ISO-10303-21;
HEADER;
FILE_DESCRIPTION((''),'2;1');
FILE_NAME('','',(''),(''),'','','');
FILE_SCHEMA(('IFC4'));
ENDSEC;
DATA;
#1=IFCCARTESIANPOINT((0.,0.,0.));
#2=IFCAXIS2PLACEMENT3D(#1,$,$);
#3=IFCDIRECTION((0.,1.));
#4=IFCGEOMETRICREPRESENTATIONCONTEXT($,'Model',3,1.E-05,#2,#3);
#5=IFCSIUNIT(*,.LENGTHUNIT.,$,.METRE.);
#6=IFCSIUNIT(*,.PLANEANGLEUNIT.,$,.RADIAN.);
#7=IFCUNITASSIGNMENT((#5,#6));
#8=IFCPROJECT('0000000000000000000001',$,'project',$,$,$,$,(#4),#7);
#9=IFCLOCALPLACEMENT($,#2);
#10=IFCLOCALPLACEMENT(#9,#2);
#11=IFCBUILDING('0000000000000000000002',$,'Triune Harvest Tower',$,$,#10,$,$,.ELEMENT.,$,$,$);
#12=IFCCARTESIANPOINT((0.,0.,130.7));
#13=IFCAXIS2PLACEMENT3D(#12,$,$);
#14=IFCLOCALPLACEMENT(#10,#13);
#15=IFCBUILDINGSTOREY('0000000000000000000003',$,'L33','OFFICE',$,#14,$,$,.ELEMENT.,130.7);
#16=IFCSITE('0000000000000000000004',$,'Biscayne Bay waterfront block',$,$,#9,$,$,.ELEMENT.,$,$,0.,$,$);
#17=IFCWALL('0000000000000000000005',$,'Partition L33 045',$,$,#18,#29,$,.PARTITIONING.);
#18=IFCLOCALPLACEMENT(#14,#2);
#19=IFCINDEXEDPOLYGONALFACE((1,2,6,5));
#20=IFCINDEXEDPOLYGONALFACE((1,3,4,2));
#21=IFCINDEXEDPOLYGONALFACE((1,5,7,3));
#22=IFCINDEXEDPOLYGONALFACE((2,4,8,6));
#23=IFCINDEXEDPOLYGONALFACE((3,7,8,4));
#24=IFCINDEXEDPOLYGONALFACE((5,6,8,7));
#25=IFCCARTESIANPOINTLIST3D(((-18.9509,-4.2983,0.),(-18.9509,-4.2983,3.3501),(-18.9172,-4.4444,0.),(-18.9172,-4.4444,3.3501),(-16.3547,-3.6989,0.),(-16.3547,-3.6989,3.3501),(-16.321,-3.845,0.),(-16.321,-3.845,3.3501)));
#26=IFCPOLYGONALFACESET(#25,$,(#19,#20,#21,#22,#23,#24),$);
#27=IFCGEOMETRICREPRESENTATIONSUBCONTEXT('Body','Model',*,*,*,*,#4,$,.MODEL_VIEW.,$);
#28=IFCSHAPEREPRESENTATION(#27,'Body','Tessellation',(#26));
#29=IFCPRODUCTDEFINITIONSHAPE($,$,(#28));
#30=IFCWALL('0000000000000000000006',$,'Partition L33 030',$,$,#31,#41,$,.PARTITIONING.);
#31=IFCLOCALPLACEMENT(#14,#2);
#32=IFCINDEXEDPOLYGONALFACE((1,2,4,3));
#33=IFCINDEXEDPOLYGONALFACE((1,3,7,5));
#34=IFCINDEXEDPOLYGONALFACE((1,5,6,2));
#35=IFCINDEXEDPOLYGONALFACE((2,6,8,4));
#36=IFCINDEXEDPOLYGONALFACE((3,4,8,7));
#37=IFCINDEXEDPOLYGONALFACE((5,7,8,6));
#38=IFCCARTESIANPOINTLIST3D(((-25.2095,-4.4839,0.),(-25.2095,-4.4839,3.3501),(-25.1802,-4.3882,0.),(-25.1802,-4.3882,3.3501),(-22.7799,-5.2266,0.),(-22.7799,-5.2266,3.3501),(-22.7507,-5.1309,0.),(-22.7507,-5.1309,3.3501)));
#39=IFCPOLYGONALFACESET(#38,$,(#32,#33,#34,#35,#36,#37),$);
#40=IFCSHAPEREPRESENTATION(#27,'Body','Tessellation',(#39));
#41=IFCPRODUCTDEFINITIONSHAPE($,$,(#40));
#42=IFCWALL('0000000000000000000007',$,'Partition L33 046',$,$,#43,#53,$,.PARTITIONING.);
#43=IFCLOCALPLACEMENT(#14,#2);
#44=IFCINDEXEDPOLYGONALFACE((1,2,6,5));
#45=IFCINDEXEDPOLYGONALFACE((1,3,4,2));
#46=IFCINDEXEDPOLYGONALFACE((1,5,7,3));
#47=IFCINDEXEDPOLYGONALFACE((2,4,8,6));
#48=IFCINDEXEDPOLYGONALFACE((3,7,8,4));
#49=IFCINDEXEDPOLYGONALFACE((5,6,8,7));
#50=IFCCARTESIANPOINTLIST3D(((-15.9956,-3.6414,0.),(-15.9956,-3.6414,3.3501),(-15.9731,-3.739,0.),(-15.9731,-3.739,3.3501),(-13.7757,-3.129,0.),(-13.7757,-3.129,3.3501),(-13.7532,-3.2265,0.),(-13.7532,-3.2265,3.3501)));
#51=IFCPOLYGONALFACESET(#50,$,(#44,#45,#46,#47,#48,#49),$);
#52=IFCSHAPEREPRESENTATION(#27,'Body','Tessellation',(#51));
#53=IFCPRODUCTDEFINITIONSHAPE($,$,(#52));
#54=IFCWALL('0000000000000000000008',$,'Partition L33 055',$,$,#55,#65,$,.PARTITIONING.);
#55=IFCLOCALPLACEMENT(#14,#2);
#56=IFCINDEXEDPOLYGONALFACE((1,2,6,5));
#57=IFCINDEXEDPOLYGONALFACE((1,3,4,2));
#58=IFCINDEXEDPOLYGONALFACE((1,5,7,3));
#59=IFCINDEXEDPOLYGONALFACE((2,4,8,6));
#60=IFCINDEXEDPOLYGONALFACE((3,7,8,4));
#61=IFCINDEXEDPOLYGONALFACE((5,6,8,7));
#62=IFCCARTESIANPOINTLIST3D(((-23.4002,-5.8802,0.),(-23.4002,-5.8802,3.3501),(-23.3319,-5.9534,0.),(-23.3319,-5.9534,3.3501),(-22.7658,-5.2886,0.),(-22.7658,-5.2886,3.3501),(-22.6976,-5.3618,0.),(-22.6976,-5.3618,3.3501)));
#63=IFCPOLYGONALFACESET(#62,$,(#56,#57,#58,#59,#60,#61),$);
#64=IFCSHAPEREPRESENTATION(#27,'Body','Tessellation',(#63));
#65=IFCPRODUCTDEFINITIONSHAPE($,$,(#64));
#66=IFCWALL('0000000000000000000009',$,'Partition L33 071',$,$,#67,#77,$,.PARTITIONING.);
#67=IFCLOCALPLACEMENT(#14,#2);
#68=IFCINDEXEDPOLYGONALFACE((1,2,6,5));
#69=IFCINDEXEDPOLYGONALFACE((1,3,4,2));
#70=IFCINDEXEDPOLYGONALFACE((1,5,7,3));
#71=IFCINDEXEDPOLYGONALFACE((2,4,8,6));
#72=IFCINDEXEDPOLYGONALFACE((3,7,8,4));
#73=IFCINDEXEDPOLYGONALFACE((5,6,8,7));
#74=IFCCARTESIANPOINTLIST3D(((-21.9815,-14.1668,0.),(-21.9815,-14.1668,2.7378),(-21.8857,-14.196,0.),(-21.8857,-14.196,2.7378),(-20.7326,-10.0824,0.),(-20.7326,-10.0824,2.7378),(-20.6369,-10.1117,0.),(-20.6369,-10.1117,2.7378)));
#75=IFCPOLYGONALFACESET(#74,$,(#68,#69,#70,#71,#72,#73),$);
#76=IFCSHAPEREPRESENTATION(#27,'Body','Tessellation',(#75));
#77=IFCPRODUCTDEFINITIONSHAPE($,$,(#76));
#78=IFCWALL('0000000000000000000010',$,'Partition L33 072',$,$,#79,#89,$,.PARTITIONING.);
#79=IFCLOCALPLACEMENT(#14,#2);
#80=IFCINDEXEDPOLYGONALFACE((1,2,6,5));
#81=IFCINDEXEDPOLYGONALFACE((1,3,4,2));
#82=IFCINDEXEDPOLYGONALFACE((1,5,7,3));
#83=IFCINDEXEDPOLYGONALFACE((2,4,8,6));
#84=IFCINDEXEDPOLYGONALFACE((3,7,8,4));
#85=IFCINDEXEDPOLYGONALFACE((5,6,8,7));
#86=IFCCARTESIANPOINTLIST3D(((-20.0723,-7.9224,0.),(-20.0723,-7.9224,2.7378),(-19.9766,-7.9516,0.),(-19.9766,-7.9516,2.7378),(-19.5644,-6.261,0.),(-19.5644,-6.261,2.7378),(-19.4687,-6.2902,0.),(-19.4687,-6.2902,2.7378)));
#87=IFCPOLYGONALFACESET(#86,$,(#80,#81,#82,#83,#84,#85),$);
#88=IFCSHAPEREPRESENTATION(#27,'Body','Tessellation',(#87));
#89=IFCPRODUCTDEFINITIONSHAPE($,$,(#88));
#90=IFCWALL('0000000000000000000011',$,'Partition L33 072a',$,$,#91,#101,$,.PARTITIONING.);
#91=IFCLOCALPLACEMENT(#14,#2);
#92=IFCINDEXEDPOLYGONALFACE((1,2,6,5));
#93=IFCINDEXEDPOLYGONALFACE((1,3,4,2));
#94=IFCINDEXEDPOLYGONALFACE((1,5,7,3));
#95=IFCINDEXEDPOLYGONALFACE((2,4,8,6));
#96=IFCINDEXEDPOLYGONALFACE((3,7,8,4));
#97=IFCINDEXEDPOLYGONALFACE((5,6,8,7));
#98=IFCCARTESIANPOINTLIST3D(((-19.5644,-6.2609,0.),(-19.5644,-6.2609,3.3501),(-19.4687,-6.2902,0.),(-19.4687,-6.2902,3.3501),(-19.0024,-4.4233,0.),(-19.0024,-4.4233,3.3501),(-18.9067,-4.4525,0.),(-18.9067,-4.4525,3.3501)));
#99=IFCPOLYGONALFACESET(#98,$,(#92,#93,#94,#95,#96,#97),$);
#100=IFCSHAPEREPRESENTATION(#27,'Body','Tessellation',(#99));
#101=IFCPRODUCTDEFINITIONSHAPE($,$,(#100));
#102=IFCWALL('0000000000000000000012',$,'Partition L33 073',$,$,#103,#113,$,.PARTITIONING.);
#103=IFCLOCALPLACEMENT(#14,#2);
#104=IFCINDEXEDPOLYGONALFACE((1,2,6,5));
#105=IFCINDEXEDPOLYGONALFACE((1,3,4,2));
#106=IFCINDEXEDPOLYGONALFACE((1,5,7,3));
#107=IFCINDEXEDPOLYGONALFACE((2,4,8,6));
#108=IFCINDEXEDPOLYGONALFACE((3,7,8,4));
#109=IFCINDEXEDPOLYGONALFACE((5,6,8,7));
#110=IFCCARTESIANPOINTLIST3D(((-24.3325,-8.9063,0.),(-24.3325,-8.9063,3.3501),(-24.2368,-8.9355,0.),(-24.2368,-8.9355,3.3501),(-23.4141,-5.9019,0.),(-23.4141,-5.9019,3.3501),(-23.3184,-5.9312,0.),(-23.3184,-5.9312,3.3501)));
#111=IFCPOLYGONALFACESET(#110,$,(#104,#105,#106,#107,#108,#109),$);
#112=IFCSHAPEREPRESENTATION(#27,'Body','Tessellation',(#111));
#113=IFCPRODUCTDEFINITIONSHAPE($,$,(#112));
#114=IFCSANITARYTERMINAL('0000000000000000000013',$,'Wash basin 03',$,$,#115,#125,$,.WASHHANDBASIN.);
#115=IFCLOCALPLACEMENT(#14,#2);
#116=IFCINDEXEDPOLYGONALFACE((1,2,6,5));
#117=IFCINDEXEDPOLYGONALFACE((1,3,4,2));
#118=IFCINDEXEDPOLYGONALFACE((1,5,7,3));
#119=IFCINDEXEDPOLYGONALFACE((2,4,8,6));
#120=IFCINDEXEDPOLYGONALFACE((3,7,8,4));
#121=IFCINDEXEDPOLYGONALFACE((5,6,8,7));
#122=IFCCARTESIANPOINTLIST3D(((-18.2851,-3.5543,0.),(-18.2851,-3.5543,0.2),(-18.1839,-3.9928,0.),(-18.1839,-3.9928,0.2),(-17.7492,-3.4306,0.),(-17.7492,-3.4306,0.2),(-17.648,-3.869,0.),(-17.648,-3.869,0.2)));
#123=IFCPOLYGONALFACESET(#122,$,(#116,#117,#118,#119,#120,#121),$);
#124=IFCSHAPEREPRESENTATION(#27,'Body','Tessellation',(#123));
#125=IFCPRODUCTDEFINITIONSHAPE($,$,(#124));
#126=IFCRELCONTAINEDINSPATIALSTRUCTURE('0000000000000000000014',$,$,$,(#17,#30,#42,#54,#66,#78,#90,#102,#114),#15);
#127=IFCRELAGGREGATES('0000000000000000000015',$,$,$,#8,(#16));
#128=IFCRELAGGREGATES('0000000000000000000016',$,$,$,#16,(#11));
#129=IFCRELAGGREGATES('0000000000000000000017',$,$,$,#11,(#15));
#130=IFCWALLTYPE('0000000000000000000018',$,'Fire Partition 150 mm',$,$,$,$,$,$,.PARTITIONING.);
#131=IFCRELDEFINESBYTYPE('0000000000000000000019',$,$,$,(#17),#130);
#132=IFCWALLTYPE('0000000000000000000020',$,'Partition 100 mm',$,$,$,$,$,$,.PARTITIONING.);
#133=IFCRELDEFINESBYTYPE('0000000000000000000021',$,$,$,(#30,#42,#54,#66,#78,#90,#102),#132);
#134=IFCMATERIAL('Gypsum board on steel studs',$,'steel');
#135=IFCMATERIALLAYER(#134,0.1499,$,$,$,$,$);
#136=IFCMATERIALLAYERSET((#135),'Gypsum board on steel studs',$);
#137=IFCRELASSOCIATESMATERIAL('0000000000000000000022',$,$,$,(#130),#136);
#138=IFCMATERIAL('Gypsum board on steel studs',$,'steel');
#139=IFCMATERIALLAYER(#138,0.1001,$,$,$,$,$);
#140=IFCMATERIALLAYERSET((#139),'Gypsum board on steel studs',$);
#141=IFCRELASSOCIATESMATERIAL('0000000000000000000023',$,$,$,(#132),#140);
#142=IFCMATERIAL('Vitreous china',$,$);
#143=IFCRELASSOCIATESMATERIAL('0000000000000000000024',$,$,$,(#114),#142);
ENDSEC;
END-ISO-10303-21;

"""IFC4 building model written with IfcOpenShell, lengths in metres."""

from ifc_helpers import new_model, si_unit, direction, frame, frame_2d, origin, origin_2d, place, context, subcontext, project, spatial, rectangle, extrude, source, transform, mapped, material, layer, layer_set, type_object, element, save


model = new_model("IFC4")

# Units and contexts
model_context = context("Model", 3, precision=1e-05, world=origin(), true_north=direction((0.0, 1.0)))
body_context = subcontext(model_context, "Body", "Model", "MODEL_VIEW")
ifc_project = project(units=[si_unit("LENGTHUNIT", "METRE"), si_unit("PLANEANGLEUNIT", "RADIAN")], contexts=[model_context])

# Site, building, storey
site_placement = place(None, origin())
site = spatial("IfcSite", under=ifc_project, at=site_placement, Name="Biscayne Bay waterfront block", CompositionType="ELEMENT", RefElevation=0.0)
building_placement = place(site_placement, origin())
building = spatial("IfcBuilding", under=site, at=building_placement, Name="Triune Harvest Tower", CompositionType="ELEMENT")
storey_placement = place(building_placement, frame((0.0, 0.0, 130.7)))
storey = spatial("IfcBuildingStorey", under=building, at=storey_placement, Name="L33", Description="OFFICE", CompositionType="ELEMENT", Elevation=130.7)

# Walls
ifc_material_1 = material(Name="Gypsum board on steel studs", Category="steel")
ifc_layer_1 = layer(ifc_material_1, 0.1499)
ifc_layer_set_1 = layer_set([ifc_layer_1], Name="Gypsum board on steel studs")
wall_type_1 = type_object("IfcWallType", Name="Fire Partition 150 mm", PredefinedType="PARTITIONING", material=ifc_layer_set_1)
wall_1_placement = place(storey_placement, frame((-18.9341, -4.3713, 0.0), z_axis=(0.0, 0.0, 1.0), x_axis=(0.974371, 0.224947, 0.0)))
element("IfcWall", 1, at=wall_1_placement, inside=storey, type_object=wall_type_1, Name="Partition L33 045", PredefinedType="PARTITIONING", context=body_context, shape_type="SweptSolid", body=[
    extrude(rectangle(XDim=2.6646, YDim=0.1499, at=frame_2d((1.3323, 0.0))), origin(), (0.0, 0.0, 1.0), 3.3501),
])
ifc_material_2 = material(Name="Gypsum board on steel studs", Category="steel")
ifc_layer_2 = layer(ifc_material_2, 0.1001)
ifc_layer_set_2 = layer_set([ifc_layer_2], Name="Gypsum board on steel studs")
wall_type_2 = type_object("IfcWallType", Name="Partition 100 mm", PredefinedType="PARTITIONING", material=ifc_layer_set_2)
wall_2_placement = place(storey_placement, frame((-25.1948, -4.436, 0.0), z_axis=(0.0, 0.0, 1.0), x_axis=(0.956314, -0.292343, 0.0)))
element("IfcWall", 2, at=wall_2_placement, inside=storey, type_object=wall_type_2, Name="Partition L33 030", PredefinedType="PARTITIONING", context=body_context, shape_type="SweptSolid", body=[
    extrude(rectangle(XDim=2.5405, YDim=0.1001, at=frame_2d((1.2703, 0.0))), origin(), (0.0, 0.0, 1.0), 3.3501),
])
wall_3_placement = place(storey_placement, frame((-15.9844, -3.6902, 0.0), z_axis=(0.0, 0.0, 1.0), x_axis=(0.974377, 0.224922, 0.0)))
element("IfcWall", 3, at=wall_3_placement, inside=storey, type_object=wall_type_2, Name="Partition L33 046", PredefinedType="PARTITIONING", context=body_context, shape_type="SweptSolid", body=[
    extrude(rectangle(XDim=2.2783, YDim=0.1001, at=frame_2d((1.1392, 0.0))), origin(), (0.0, 0.0, 1.0), 3.3501),
])
wall_4_placement = place(storey_placement, frame((-23.366, -5.9167, 0.0), z_axis=(0.0, 0.0, 1.0), x_axis=(0.731308, 0.682047, 0.0)))
element("IfcWall", 4, at=wall_4_placement, inside=storey, type_object=wall_type_2, Name="Partition L33 055", PredefinedType="PARTITIONING", context=body_context, shape_type="SweptSolid", body=[
    extrude(rectangle(XDim=0.8674, YDim=0.1001, at=frame_2d((0.4336, 0.0))), origin(), (0.0, 0.0, 1.0), 3.3501),
])
wall_5_placement = place(storey_placement, frame((-21.9336, -14.1814, 0.0), z_axis=(0.0, 0.0, 1.0), x_axis=(0.292394, 0.956298, 0.0)))
element("IfcWall", 5, at=wall_5_placement, inside=storey, type_object=wall_type_2, Name="Partition L33 071", PredefinedType="PARTITIONING", context=body_context, shape_type="SweptSolid", body=[
    extrude(rectangle(XDim=4.271, YDim=0.1001, at=frame_2d((2.1355, 0.0))), origin(), (0.0, 0.0, 1.0), 2.7378),
])
wall_6_placement = place(storey_placement, frame((-20.0244, -7.937, 0.0), z_axis=(0.0, 0.0, 1.0), x_axis=(0.292308, 0.956324, 0.0)))
element("IfcWall", 6, at=wall_6_placement, inside=storey, type_object=wall_type_2, Name="Partition L33 072", PredefinedType="PARTITIONING", context=body_context, shape_type="SweptSolid", body=[
    extrude(rectangle(XDim=1.7373, YDim=0.1001, at=frame_2d((0.8687, 0.0))), origin(), (0.0, 0.0, 1.0), 2.7378),
])
wall_7_placement = place(storey_placement, frame((-19.5166, -6.2756, 0.0), z_axis=(0.0, 0.0, 1.0), x_axis=(0.292461, 0.956278, 0.0)))
element("IfcWall", 7, at=wall_7_placement, inside=storey, type_object=wall_type_2, Name="Partition L33 072a", PredefinedType="PARTITIONING", context=body_context, shape_type="SweptSolid", body=[
    extrude(rectangle(XDim=1.9216, YDim=0.1001, at=frame_2d((0.9609, 0.0))), origin(), (0.0, 0.0, 1.0), 3.3501),
])
wall_8_placement = place(storey_placement, frame((-24.2847, -8.9209, 0.0), z_axis=(0.0, 0.0, 1.0), x_axis=(0.292349, 0.956312, 0.0)))
element("IfcWall", 8, at=wall_8_placement, inside=storey, type_object=wall_type_2, Name="Partition L33 073", PredefinedType="PARTITIONING", context=body_context, shape_type="SweptSolid", body=[
    extrude(rectangle(XDim=3.1416, YDim=0.1001, at=frame_2d((1.5708, 0.0))), origin(), (0.0, 0.0, 1.0), 3.3501),
])

# Sanitary terminal
ifc_material_3 = material(Name="Vitreous china")
shared_shape_1 = source(origin(), body_context, "Body", "SweptSolid", [
    extrude(rectangle(XDim=0.55, YDim=0.45, at=origin_2d()), origin(), (0.0, 0.0, 1.0), 0.2),
])
sanitary_terminal_placement = place(storey_placement, frame((-17.9666, -3.7117, 0.0), z_axis=(0.0, 0.0, 1.0), x_axis=(-0.974366, -0.224968, 0.0)))
element("IfcSanitaryTerminal", 9, at=sanitary_terminal_placement, inside=storey, material=ifc_material_3, Name="Wash basin 03", PredefinedType="WASHHANDBASIN", context=body_context, shape_type="MappedRepresentation", body=[
    mapped(shared_shape_1, transform((0.0, 0.0, 0.0), scale=1.0)),
])

save(model, "model.ifc")
